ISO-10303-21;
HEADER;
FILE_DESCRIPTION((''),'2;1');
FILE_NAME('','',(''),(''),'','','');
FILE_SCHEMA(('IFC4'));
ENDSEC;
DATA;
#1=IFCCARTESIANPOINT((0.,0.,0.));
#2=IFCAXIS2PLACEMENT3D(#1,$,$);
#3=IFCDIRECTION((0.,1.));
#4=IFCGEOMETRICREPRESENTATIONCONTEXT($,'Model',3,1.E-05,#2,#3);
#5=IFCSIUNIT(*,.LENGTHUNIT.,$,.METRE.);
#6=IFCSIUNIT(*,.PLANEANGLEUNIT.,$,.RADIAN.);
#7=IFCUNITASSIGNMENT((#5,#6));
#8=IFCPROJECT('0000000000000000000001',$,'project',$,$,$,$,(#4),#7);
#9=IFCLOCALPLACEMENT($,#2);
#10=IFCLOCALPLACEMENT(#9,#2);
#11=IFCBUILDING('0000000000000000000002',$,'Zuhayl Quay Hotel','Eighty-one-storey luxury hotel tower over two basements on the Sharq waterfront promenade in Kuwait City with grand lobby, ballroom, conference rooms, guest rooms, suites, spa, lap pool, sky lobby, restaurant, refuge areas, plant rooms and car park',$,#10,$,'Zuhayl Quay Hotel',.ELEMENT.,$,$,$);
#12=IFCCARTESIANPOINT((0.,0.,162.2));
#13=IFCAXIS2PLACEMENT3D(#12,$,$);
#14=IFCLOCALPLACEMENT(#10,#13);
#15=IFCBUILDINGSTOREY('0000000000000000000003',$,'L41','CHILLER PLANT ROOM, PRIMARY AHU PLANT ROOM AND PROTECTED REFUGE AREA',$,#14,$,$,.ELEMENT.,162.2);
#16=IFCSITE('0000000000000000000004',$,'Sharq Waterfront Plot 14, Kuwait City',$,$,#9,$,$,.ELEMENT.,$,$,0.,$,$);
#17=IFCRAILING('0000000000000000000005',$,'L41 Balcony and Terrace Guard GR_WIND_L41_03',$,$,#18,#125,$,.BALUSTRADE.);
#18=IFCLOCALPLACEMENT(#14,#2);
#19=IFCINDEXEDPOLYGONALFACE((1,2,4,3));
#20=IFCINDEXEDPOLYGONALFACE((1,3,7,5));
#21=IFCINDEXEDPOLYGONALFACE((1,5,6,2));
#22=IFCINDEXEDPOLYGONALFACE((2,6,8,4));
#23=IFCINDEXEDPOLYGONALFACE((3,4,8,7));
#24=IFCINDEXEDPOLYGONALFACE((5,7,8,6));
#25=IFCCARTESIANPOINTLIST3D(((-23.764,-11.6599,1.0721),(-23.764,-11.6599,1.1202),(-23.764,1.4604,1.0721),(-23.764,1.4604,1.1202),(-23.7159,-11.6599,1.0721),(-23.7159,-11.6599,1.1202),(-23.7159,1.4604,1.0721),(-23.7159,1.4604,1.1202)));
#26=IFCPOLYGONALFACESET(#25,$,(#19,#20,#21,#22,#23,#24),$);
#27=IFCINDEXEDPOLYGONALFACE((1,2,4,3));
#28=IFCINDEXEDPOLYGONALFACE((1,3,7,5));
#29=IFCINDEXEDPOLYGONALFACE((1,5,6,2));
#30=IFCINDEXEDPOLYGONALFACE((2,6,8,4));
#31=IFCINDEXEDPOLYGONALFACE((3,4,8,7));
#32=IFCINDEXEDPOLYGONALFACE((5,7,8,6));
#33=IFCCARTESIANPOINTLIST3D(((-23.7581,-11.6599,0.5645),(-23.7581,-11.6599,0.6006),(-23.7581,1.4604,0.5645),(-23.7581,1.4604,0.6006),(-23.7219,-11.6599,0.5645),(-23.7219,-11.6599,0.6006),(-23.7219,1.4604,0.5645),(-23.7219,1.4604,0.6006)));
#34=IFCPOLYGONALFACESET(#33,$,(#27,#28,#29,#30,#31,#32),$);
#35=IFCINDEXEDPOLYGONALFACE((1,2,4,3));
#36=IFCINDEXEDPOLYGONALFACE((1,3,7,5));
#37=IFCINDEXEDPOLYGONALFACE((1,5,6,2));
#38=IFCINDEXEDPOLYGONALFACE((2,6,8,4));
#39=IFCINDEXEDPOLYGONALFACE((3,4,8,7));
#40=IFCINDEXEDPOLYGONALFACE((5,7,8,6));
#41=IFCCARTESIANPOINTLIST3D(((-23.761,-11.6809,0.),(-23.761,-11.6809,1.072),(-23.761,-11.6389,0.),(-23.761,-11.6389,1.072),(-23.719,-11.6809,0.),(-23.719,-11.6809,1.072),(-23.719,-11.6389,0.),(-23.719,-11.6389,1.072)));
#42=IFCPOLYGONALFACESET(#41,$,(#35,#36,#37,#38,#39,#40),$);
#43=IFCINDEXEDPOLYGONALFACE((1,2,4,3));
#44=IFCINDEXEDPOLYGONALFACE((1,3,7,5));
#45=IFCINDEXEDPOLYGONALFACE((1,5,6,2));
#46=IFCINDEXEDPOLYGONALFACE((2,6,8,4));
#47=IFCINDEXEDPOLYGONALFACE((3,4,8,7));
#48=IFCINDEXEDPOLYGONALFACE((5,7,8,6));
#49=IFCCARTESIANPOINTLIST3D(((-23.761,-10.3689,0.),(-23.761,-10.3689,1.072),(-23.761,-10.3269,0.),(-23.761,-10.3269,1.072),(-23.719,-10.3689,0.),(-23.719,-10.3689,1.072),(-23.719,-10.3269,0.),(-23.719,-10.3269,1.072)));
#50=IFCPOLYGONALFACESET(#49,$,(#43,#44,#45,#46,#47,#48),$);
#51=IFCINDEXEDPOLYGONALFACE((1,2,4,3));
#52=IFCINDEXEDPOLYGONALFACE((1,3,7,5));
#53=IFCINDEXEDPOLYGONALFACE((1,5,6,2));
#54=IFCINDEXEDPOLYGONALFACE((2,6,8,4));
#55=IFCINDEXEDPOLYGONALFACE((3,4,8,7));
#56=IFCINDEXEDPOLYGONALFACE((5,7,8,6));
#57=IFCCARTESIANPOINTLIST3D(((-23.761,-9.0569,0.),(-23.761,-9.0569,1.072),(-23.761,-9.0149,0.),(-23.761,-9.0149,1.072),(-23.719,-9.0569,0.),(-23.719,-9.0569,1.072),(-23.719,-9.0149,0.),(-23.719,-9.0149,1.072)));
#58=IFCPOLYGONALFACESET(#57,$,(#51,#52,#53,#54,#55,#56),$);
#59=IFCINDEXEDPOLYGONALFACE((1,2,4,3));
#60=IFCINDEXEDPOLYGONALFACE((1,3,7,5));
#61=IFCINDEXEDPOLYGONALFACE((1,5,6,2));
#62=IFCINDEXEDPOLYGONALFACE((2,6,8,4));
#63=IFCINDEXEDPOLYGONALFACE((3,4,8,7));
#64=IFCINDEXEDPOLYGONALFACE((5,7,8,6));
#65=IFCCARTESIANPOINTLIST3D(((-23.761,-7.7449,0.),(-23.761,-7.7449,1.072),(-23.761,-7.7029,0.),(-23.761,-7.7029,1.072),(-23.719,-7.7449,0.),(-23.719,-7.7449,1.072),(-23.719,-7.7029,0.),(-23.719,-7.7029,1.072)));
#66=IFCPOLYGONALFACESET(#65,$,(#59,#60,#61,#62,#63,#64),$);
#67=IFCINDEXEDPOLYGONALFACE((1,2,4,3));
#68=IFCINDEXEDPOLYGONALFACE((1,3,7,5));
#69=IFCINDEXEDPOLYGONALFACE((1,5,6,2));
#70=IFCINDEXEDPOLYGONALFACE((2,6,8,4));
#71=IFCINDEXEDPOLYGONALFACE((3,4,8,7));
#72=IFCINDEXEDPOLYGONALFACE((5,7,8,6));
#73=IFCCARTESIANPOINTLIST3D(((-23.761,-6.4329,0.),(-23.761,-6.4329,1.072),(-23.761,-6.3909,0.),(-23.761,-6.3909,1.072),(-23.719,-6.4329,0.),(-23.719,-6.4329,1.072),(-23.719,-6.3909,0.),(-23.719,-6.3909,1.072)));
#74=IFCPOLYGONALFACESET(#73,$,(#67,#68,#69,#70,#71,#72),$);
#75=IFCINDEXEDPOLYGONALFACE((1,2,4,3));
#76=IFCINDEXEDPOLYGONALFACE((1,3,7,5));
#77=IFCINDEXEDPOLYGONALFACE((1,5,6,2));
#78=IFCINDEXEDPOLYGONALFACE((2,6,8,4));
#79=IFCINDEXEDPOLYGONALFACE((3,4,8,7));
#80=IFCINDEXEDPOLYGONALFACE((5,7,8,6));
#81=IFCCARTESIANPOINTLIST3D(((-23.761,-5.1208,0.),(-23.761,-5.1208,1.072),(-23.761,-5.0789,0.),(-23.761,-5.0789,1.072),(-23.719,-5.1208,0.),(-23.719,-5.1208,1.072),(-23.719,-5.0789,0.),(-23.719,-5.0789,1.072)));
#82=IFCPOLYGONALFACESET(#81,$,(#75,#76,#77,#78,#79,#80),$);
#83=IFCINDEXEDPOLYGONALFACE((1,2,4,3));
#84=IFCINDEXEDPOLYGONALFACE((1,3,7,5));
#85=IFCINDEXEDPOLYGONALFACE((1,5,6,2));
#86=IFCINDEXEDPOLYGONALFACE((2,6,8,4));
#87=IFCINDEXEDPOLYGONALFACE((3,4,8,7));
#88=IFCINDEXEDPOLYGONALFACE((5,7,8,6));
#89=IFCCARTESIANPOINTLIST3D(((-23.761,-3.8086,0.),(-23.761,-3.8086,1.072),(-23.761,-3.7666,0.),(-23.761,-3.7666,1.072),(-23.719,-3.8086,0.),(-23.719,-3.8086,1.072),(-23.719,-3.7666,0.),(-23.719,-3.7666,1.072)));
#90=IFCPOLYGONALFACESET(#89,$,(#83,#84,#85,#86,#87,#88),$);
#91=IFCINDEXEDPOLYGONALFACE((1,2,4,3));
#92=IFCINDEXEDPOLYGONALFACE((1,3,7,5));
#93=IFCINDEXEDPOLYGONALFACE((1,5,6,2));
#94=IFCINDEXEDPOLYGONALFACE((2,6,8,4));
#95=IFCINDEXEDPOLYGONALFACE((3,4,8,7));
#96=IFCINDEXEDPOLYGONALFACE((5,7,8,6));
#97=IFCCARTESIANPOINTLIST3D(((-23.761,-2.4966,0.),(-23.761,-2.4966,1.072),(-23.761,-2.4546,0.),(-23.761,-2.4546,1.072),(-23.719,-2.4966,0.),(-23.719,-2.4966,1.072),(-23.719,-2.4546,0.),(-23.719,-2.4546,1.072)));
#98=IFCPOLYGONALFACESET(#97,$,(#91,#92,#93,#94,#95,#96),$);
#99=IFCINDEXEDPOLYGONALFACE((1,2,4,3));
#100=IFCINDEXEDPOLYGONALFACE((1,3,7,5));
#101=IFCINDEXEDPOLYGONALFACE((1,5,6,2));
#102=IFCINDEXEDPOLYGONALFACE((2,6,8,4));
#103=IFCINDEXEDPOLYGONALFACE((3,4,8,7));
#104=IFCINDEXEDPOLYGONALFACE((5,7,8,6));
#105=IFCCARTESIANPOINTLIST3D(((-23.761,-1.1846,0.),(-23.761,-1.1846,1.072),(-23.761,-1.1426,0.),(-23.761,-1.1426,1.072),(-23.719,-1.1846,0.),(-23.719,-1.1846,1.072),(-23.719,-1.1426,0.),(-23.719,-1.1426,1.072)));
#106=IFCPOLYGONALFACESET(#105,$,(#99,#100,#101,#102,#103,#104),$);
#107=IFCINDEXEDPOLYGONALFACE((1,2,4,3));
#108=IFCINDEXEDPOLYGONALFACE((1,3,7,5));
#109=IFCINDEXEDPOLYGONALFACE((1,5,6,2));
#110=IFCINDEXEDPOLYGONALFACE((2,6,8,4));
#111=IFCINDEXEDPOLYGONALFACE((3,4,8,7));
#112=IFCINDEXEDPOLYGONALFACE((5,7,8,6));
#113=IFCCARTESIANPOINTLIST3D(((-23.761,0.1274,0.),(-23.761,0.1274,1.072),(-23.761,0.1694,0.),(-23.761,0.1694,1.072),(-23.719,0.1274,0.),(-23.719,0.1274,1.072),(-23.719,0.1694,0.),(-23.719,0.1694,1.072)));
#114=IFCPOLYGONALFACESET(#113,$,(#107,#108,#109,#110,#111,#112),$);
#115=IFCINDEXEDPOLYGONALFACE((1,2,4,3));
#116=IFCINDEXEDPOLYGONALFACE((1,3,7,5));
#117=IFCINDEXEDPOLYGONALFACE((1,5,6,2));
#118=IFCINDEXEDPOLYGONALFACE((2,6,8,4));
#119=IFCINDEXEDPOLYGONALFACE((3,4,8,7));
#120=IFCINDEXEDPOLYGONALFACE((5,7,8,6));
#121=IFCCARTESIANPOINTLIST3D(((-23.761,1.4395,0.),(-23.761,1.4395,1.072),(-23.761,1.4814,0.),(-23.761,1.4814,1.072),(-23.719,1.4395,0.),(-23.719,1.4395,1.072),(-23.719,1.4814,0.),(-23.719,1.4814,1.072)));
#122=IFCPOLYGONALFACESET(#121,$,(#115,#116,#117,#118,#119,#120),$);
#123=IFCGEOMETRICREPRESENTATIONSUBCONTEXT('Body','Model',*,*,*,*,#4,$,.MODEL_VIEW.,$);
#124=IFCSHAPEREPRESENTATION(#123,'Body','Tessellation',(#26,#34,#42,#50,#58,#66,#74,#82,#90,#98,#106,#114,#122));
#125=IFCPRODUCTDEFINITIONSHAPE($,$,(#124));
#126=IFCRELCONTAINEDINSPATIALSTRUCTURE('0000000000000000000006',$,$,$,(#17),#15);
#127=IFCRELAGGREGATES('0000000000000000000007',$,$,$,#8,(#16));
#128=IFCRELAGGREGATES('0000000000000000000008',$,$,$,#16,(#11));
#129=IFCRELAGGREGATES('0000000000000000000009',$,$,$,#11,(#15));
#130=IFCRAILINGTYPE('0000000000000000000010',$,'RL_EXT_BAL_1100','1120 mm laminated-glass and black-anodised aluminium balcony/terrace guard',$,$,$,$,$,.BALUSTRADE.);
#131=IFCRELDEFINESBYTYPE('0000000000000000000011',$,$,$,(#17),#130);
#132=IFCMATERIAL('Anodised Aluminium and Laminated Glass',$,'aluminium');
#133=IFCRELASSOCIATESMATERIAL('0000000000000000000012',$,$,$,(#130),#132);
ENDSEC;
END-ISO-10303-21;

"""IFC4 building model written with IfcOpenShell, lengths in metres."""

from ifc_helpers import new_model, si_unit, direction, frame, origin, origin_2d, place, context, subcontext, project, spatial, rectangle, extrude, material, type_object, element, save


model = new_model("IFC4")

# Units and contexts
model_context = context("Model", 3, precision=1e-05, world=origin(), true_north=direction((0.0, 1.0)))
body_context = subcontext(model_context, "Body", "Model", "MODEL_VIEW")
ifc_project = project(units=[si_unit("LENGTHUNIT", "METRE"), si_unit("PLANEANGLEUNIT", "RADIAN")], contexts=[model_context])

# Site, building, storey
site_placement = place(None, origin())
site = spatial("IfcSite", under=ifc_project, at=site_placement, Name="Sharq Waterfront Plot 14, Kuwait City", CompositionType="ELEMENT", RefElevation=0.0)
building_placement = place(site_placement, origin())
building = spatial("IfcBuilding", under=site, at=building_placement, Name="Zuhayl Quay Hotel", Description="Eighty-one-storey luxury hotel tower over two basements on the Sharq waterfront promenade in Kuwait City with grand lobby, ballroom, conference rooms, guest rooms, suites, spa, lap pool, sky lobby, restaurant, refuge areas, plant rooms and car park", LongName="Zuhayl Quay Hotel", CompositionType="ELEMENT")
storey_placement = place(building_placement, frame((0.0, 0.0, 162.2)))
storey = spatial("IfcBuildingStorey", under=building, at=storey_placement, Name="L41", Description="CHILLER PLANT ROOM, PRIMARY AHU PLANT ROOM AND PROTECTED REFUGE AREA", CompositionType="ELEMENT", Elevation=162.2)

# Railing
ifc_material_1 = material(Name="Anodised Aluminium and Laminated Glass", Category="aluminium")
railing_type = type_object("IfcRailingType", Name="RL_EXT_BAL_1100", Description="1120 mm laminated-glass and black-anodised aluminium balcony/terrace guard", PredefinedType="BALUSTRADE", material=ifc_material_1)
railing_1_placement = place(storey_placement, frame((-23.74, -11.6599, 0.0)))
element("IfcRailing", 1, at=railing_1_placement, inside=storey, type_object=railing_type, Name="L41 Balcony and Terrace Guard GR_WIND_L41_03", PredefinedType="BALUSTRADE", context=body_context, shape_type="SweptSolid", body=[
    extrude(rectangle(XDim=0.0481, YDim=0.0481, at=origin_2d()), frame((0.0, 0.0, 1.0962), z_axis=(0.0, 1.0, 0.0), x_axis=(-1.0, 0.0, 0.0)), (0.0, 0.0, 1.0), 13.1204),
    extrude(rectangle(XDim=0.0361, YDim=0.0361, at=origin_2d()), frame((0.0, 0.0, 0.5825), z_axis=(0.0, 1.0, 0.0), x_axis=(-1.0, 0.0, 0.0)), (0.0, 0.0, 1.0), 13.1204),
    extrude(rectangle(XDim=0.042, YDim=0.042, at=origin_2d()), origin(), (0.0, 0.0, 1.0), 1.072),
    extrude(rectangle(XDim=0.042, YDim=0.042, at=origin_2d()), frame((0.0, 1.312, 0.0)), (0.0, 0.0, 1.0), 1.072),
    extrude(rectangle(XDim=0.042, YDim=0.042, at=origin_2d()), frame((0.0, 2.624, 0.0)), (0.0, 0.0, 1.0), 1.072),
    extrude(rectangle(XDim=0.042, YDim=0.042, at=origin_2d()), frame((0.0, 3.936, 0.0)), (0.0, 0.0, 1.0), 1.072),
    extrude(rectangle(XDim=0.042, YDim=0.042, at=origin_2d()), frame((0.0, 5.248, 0.0)), (0.0, 0.0, 1.0), 1.072),
    extrude(rectangle(XDim=0.042, YDim=0.042, at=origin_2d()), frame((0.0, 6.5601, 0.0)), (0.0, 0.0, 1.0), 1.072),
    extrude(rectangle(XDim=0.042, YDim=0.042, at=origin_2d()), frame((0.0, 7.8723, 0.0)), (0.0, 0.0, 1.0), 1.072),
    extrude(rectangle(XDim=0.042, YDim=0.042, at=origin_2d()), frame((0.0, 9.1843, 0.0)), (0.0, 0.0, 1.0), 1.072),
    extrude(rectangle(XDim=0.042, YDim=0.042, at=origin_2d()), frame((0.0, 10.4963, 0.0)), (0.0, 0.0, 1.0), 1.072),
    extrude(rectangle(XDim=0.042, YDim=0.042, at=origin_2d()), frame((0.0, 11.8083, 0.0)), (0.0, 0.0, 1.0), 1.072),
    extrude(rectangle(XDim=0.042, YDim=0.042, at=origin_2d()), frame((0.0, 13.1204, 0.0)), (0.0, 0.0, 1.0), 1.072),
])

save(model, "model.ifc")
